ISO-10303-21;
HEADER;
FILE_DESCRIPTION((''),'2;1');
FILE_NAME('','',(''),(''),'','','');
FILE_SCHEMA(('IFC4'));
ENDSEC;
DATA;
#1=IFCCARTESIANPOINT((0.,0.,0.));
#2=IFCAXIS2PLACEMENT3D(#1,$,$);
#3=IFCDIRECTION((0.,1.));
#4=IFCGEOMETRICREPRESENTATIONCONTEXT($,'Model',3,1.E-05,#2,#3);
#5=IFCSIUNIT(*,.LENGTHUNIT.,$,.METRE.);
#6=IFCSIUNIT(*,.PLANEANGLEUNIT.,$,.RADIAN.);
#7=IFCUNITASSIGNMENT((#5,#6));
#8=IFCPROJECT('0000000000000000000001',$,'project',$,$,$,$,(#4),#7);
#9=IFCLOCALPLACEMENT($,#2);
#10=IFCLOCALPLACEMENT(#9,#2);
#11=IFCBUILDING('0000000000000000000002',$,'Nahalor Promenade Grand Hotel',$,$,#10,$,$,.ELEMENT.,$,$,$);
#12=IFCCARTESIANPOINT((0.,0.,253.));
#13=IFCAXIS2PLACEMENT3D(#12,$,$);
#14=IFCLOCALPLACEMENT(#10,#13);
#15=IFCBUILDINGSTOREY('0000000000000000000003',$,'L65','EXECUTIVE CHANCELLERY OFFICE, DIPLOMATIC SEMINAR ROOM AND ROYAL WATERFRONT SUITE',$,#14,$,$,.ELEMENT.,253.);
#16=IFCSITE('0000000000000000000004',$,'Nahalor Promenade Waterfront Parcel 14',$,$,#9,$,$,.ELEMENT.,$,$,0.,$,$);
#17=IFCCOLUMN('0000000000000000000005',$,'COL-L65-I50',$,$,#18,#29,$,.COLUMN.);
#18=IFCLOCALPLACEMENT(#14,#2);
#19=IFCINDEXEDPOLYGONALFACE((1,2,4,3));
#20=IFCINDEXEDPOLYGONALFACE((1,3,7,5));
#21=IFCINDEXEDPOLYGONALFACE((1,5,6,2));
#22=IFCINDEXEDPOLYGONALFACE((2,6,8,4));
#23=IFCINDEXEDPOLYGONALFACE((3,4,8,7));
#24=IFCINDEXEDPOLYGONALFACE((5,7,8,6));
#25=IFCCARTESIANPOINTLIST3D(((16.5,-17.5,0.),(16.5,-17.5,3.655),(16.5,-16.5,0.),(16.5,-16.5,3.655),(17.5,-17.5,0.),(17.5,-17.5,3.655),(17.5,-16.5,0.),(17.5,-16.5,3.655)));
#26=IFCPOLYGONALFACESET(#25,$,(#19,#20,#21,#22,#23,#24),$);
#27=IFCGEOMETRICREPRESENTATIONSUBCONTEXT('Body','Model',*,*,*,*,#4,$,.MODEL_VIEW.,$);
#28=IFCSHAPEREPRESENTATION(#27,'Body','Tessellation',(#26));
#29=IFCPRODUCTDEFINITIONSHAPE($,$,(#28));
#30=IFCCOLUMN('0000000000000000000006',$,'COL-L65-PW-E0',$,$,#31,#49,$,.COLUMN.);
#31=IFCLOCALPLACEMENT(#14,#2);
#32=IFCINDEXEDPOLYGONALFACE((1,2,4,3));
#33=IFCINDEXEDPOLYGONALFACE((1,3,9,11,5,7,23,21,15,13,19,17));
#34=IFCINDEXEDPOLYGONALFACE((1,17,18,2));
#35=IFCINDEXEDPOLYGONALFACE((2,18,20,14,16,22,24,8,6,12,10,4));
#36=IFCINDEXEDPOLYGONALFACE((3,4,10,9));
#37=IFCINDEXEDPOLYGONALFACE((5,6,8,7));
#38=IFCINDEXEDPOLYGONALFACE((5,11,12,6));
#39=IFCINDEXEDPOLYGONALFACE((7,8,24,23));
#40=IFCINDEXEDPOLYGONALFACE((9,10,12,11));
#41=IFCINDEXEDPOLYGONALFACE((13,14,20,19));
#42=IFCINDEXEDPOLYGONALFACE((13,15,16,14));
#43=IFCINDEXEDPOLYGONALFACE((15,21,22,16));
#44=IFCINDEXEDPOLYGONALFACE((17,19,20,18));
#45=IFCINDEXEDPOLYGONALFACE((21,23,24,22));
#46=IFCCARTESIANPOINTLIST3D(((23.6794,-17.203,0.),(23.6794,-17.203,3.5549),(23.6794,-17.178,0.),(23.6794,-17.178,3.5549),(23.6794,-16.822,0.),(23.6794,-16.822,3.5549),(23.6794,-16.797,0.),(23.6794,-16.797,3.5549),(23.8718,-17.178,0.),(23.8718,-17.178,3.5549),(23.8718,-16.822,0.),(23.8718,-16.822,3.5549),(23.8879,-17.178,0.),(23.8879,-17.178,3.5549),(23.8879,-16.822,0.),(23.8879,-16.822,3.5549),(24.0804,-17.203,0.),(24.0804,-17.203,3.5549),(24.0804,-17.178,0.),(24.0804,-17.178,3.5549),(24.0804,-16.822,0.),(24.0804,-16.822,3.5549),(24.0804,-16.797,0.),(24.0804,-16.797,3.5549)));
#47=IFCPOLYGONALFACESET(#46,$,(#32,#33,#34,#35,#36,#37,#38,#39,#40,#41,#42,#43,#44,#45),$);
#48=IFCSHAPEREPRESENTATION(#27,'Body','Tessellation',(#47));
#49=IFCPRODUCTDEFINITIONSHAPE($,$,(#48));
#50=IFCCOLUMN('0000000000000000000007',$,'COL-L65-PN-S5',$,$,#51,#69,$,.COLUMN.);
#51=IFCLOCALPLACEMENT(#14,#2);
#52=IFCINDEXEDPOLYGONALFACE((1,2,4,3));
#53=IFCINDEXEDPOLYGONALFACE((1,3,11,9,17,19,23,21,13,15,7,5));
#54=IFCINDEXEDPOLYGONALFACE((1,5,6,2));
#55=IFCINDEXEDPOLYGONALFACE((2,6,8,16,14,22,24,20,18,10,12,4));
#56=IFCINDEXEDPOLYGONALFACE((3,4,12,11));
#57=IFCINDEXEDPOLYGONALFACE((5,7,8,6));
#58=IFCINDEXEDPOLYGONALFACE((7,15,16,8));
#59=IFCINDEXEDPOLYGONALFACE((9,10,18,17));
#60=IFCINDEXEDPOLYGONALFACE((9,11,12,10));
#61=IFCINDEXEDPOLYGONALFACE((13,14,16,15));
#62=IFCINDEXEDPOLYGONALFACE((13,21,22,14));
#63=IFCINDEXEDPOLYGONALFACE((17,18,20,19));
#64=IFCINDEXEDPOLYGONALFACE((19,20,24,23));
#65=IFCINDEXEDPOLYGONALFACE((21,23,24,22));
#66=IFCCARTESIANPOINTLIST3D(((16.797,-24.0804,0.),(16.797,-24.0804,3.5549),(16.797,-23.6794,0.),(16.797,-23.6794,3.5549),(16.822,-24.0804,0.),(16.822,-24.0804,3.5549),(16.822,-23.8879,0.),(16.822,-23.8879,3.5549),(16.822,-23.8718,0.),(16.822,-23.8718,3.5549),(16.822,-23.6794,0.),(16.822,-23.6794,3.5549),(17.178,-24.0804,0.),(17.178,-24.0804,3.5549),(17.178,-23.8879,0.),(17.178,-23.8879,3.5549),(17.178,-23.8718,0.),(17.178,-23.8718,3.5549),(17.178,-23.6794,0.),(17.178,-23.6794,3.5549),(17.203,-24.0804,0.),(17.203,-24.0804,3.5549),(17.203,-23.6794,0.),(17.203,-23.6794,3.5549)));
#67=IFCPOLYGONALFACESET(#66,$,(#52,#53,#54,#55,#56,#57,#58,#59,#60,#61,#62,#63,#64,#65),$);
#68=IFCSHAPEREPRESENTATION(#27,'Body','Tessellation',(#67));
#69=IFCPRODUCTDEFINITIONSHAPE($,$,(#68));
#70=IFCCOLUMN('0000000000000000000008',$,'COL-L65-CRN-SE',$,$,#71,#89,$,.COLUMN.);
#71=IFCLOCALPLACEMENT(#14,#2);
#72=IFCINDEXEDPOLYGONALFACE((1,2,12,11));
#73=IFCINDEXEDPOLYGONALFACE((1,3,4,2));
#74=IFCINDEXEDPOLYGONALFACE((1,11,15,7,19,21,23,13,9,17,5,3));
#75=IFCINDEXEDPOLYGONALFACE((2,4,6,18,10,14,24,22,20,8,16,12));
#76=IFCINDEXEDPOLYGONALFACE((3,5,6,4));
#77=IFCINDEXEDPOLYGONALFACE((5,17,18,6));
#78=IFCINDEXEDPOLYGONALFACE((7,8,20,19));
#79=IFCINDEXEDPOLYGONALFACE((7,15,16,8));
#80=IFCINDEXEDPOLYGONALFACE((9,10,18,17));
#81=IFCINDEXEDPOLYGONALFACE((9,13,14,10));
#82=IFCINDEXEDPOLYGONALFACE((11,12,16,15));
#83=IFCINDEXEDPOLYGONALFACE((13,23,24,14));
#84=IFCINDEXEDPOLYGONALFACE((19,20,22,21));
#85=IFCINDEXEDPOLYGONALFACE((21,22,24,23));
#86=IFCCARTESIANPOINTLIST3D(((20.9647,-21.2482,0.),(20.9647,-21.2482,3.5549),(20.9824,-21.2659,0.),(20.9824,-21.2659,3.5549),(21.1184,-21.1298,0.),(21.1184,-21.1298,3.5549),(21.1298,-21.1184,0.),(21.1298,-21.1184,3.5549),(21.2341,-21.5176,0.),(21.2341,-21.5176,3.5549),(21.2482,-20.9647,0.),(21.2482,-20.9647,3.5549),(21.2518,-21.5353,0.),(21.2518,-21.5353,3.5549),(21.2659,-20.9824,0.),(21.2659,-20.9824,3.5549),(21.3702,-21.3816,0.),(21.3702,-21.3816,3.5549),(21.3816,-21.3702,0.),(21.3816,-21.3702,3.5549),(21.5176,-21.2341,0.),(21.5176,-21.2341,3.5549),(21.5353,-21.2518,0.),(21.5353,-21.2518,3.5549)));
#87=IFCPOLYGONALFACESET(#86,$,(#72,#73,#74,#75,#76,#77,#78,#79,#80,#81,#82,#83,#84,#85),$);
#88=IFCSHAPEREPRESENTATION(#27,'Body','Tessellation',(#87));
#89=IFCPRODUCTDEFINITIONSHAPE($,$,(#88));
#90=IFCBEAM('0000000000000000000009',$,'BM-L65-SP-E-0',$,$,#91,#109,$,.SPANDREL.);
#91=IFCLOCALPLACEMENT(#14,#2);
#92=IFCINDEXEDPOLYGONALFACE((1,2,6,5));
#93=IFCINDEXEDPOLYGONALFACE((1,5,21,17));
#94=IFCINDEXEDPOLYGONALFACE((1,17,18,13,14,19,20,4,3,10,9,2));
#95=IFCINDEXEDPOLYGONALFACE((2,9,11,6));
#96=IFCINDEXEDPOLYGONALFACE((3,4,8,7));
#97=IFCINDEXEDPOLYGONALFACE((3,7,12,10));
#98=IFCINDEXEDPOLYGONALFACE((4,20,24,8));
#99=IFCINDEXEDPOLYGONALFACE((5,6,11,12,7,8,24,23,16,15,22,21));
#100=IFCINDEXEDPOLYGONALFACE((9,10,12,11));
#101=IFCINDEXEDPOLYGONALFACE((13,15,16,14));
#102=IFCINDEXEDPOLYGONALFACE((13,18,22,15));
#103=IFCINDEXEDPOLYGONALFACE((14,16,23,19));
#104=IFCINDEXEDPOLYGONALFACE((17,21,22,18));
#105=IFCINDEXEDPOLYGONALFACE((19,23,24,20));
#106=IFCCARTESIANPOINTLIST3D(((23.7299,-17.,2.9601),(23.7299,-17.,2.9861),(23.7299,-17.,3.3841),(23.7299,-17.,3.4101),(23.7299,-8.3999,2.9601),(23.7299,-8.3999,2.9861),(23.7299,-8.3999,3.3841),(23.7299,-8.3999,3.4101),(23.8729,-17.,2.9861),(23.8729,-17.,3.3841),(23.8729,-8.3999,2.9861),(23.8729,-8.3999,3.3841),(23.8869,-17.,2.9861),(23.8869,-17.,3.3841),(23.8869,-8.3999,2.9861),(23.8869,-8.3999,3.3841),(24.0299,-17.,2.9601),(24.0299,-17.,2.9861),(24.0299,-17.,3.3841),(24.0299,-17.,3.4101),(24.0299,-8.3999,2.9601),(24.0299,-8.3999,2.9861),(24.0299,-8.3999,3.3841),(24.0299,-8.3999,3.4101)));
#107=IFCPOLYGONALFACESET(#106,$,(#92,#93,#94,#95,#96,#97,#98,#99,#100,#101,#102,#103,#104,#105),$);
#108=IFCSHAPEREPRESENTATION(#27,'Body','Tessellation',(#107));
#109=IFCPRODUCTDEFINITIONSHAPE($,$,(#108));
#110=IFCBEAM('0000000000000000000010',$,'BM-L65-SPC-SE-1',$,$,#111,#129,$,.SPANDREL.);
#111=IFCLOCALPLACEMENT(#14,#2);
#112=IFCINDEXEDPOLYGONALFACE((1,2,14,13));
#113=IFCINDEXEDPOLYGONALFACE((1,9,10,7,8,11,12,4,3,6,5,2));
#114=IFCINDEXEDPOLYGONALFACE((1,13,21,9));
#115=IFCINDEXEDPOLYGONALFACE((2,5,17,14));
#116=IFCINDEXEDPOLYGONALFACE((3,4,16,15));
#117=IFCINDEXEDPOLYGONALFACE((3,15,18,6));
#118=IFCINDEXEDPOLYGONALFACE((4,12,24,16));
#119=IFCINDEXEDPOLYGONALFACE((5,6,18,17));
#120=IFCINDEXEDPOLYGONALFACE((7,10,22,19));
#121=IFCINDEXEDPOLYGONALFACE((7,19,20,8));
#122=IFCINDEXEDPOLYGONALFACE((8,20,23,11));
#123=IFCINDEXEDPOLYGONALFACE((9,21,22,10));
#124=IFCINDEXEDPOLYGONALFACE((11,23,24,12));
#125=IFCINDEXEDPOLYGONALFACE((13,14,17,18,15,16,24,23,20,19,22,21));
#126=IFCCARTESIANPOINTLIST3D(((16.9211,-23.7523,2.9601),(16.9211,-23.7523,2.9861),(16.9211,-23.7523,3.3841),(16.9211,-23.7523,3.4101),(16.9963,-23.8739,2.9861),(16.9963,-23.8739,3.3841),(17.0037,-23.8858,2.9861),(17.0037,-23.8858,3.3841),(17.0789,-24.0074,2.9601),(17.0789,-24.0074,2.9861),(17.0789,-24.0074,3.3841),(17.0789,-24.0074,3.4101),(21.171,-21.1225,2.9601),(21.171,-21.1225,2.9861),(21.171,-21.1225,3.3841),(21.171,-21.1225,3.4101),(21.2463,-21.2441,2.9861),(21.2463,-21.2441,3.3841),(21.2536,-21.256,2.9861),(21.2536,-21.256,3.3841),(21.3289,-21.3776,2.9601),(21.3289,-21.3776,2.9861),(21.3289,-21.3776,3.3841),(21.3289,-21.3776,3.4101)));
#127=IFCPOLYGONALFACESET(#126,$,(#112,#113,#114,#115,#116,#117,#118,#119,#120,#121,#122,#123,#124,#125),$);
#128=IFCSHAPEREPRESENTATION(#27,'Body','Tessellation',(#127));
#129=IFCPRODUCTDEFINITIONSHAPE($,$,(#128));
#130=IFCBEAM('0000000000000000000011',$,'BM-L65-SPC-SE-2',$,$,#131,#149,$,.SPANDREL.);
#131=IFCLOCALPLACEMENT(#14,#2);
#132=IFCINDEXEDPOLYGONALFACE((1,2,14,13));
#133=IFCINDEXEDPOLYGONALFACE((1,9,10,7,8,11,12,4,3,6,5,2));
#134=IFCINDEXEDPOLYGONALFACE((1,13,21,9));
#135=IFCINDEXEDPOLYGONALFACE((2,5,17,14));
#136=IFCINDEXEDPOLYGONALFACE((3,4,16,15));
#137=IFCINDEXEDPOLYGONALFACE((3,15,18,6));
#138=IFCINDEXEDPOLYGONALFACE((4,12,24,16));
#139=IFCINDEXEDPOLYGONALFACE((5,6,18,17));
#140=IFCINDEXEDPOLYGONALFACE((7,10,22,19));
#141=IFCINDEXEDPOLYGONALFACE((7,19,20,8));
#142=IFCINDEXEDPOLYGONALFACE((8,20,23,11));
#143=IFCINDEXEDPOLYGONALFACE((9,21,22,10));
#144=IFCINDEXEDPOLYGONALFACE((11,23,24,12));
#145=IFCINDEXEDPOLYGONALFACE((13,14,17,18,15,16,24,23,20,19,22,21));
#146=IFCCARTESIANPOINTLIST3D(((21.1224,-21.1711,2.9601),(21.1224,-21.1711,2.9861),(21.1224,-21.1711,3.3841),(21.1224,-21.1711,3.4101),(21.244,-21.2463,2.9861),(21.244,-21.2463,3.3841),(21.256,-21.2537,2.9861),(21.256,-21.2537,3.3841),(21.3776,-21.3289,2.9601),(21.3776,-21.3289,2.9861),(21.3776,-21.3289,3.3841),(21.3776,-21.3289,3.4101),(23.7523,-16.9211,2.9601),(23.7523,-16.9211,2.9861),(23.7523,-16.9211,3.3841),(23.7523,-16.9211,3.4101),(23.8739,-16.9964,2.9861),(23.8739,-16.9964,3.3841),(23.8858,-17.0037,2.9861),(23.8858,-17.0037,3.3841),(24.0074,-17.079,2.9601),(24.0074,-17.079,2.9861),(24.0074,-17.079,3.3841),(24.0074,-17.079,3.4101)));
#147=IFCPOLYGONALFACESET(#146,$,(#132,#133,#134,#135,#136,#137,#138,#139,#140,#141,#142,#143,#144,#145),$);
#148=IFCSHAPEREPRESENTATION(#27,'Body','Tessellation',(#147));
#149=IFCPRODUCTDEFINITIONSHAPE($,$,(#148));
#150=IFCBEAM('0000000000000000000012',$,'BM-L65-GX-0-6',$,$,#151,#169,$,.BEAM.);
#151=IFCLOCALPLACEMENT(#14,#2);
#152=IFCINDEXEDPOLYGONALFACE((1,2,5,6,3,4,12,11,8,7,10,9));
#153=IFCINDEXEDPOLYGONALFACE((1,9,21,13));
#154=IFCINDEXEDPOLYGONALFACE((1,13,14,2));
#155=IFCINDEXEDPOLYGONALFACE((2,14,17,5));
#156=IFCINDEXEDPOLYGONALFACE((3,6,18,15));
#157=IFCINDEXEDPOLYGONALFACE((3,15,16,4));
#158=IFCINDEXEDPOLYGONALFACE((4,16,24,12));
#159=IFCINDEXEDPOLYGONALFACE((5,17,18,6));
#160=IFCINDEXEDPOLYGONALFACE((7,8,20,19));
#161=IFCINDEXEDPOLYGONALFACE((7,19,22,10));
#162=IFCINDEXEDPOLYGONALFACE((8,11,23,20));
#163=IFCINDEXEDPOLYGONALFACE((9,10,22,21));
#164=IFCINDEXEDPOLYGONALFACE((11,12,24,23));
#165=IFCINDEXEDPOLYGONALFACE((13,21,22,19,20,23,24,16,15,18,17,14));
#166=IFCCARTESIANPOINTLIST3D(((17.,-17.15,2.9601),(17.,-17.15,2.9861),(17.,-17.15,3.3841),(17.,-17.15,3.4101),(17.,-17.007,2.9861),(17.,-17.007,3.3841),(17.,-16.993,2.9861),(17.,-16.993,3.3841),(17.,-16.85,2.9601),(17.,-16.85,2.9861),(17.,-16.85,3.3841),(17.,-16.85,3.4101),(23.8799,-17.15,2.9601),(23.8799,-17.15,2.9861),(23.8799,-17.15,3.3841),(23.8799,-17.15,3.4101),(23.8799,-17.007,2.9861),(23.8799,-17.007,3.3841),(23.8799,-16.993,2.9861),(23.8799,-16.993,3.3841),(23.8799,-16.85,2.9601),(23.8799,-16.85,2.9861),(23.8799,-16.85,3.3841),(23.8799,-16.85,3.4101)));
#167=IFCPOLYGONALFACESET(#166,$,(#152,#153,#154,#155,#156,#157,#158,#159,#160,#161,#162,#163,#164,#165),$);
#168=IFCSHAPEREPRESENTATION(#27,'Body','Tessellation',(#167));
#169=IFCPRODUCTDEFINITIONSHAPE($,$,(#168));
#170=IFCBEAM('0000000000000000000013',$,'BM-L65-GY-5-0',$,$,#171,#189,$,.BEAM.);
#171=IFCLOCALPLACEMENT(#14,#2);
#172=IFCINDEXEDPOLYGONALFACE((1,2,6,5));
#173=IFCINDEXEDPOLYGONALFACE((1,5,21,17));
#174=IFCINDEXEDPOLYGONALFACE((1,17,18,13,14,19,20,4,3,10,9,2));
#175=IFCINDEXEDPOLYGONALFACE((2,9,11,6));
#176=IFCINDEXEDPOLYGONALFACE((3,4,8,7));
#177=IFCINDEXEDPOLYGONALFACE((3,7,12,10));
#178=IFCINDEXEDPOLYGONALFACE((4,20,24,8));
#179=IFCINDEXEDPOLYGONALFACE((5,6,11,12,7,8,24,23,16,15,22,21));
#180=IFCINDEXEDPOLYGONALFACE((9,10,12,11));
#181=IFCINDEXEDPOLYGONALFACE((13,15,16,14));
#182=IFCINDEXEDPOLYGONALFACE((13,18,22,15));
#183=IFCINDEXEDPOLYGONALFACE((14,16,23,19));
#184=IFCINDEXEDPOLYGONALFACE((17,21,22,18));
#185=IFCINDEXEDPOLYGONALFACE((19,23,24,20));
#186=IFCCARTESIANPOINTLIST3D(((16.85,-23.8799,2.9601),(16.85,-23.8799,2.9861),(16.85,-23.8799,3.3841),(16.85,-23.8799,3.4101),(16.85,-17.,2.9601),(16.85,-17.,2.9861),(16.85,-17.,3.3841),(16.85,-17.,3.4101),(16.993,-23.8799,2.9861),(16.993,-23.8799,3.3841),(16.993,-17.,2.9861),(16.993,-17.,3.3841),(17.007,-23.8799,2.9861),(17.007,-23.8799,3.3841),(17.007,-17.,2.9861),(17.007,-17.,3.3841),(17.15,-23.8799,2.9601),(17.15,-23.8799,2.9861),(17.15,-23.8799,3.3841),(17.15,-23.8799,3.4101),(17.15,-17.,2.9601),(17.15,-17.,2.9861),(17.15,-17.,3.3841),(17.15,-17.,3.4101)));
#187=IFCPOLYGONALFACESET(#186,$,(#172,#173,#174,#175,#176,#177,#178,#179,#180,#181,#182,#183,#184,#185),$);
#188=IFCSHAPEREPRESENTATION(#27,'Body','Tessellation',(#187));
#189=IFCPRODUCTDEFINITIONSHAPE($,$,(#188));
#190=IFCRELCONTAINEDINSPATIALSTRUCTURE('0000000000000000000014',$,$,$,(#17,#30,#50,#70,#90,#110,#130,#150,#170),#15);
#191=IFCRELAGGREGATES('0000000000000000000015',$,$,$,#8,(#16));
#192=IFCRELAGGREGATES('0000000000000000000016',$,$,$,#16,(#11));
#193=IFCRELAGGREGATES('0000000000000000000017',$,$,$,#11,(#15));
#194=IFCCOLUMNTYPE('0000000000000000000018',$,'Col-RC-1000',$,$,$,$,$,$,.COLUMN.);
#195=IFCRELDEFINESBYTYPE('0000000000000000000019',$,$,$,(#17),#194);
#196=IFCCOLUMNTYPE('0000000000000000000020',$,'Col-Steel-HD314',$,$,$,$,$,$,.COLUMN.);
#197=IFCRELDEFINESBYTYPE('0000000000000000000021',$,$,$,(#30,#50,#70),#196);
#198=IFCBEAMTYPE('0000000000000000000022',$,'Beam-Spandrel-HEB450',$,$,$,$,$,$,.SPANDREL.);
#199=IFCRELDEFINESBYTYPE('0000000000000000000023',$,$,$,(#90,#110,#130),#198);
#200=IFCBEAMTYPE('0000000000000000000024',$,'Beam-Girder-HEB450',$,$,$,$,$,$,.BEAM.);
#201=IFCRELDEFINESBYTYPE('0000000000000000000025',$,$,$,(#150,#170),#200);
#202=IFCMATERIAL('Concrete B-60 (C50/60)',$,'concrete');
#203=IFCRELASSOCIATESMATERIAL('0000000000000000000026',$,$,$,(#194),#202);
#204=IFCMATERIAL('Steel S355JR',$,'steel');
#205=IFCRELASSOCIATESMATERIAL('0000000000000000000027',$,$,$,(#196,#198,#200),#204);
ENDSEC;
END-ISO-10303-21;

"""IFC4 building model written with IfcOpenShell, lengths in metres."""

from ifc_helpers import new_model, si_unit, direction, frame, origin, origin_2d, place, context, subcontext, project, spatial, rectangle, i_section, extrude, source, transform, mapped, material, material_profile, profile_set, type_object, element, save


model = new_model("IFC4")

# Units and contexts
model_context = context("Model", 3, precision=1e-05, world=origin(), true_north=direction((0.0, 1.0)))
body_context = subcontext(model_context, "Body", "Model", "MODEL_VIEW")
ifc_project = project(units=[si_unit("LENGTHUNIT", "METRE"), si_unit("PLANEANGLEUNIT", "RADIAN")], contexts=[model_context])

# Site, building, storey
site_placement = place(None, origin())
site = spatial("IfcSite", under=ifc_project, at=site_placement, Name="Nahalor Promenade Waterfront Parcel 14", CompositionType="ELEMENT", RefElevation=0.0)
building_placement = place(site_placement, origin())
building = spatial("IfcBuilding", under=site, at=building_placement, Name="Nahalor Promenade Grand Hotel", CompositionType="ELEMENT")
storey_placement = place(building_placement, frame((0.0, 0.0, 253.0)))
storey = spatial("IfcBuildingStorey", under=building, at=storey_placement, Name="L65", Description="EXECUTIVE CHANCELLERY OFFICE, DIPLOMATIC SEMINAR ROOM AND ROYAL WATERFRONT SUITE", CompositionType="ELEMENT", Elevation=253.0)

# Columns
ifc_material_1 = material(Name="Concrete B-60 (C50/60)", Category="concrete")
ifc_material_profile_1 = material_profile(ifc_material_1, rectangle(XDim=1.0, YDim=1.0, at=origin_2d()), Name="RC 1000x1000")
ifc_profile_set_1 = profile_set([ifc_material_profile_1], Name="Concrete B-60 (C50/60)")
column_type_1 = type_object("IfcColumnType", Name="Col-RC-1000", PredefinedType="COLUMN", material=ifc_profile_set_1)
shared_shape_1 = source(origin(), body_context, "Body", "SweptSolid", [
    extrude(rectangle(XDim=1.0, YDim=1.0, at=origin_2d()), origin(), (0.0, 0.0, 1.0), 3.655),
])
column_placement = place(storey_placement, frame((17.0, -17.0, 0.0), z_axis=(0.0, 0.0, 1.0), x_axis=(1.0, 0.0, 0.0)))
element("IfcColumn", 1, at=column_placement, inside=storey, type_object=column_type_1, Name="COL-L65-I50", PredefinedType="COLUMN", context=body_context, shape_type="MappedRepresentation", body=[
    mapped(shared_shape_1, transform((0.0, 0.0, 0.0), scale=1.0)),
])
ifc_material_2 = material(Name="Steel S355JR", Category="steel")
ifc_material_profile_2 = material_profile(ifc_material_2, i_section(OverallWidth=0.401, OverallDepth=0.406, WebThickness=0.0161, FlangeThickness=0.025, at=origin_2d()), Name="HD 400x314")
ifc_profile_set_2 = profile_set([ifc_material_profile_2], Name="Steel S355JR")
column_type_2 = type_object("IfcColumnType", Name="Col-Steel-HD314", PredefinedType="COLUMN", material=ifc_profile_set_2)
shared_shape_2 = source(origin(), body_context, "Body", "SweptSolid", [
    extrude(i_section(OverallWidth=0.401, OverallDepth=0.406, WebThickness=0.0161, FlangeThickness=0.025, at=origin_2d()), origin(), (0.0, 0.0, 1.0), 3.5549),
])
for number, where, z_axis, x_axis, name in (
    (2, (23.8799, -17.0, 0.0), (0.0, 0.0, 1.0), (1.0, 0.0, 0.0), "COL-L65-PW-E0"),
    (3, (17.0, -23.8799, 0.0), (0.0, 0.0, 1.0), (0.0, 1.0, 0.0), "COL-L65-PN-S5"),
    (4, (21.25, -21.25, 0.0), (0.0, 0.0, 1.0), (0.707107, 0.707107, 0.0), "COL-L65-CRN-SE"),
):
    element("IfcColumn", number, at=place(storey_placement, frame(where, z_axis=z_axis, x_axis=x_axis)), inside=storey, type_object=column_type_2, Name=name, PredefinedType="COLUMN", context=body_context, shape_type="MappedRepresentation", body=[
        mapped(shared_shape_2, transform((0.0, 0.0, 0.0), scale=1.0)),
    ])

# Beams
ifc_material_profile_3 = material_profile(ifc_material_2, i_section(OverallWidth=0.3, OverallDepth=0.45, WebThickness=0.014, FlangeThickness=0.026, at=origin_2d()), Name="HEB 450")
ifc_profile_set_3 = profile_set([ifc_material_profile_3], Name="Steel S355JR")
beam_type_1 = type_object("IfcBeamType", Name="Beam-Spandrel-HEB450", PredefinedType="SPANDREL", material=ifc_profile_set_3)
shared_shape_3 = source(origin(), body_context, "Body", "SweptSolid", [
    extrude(i_section(OverallWidth=0.3, OverallDepth=0.45, WebThickness=0.014, FlangeThickness=0.026, at=origin_2d()), origin(), (0.0, 0.0, 1.0), 8.6001),
])
beam_1_placement = place(storey_placement, frame((23.8799, -17.0, 3.1851), z_axis=(0.0, 1.0, 0.0), x_axis=(-1.0, 0.0, 0.0)))
element("IfcBeam", 5, at=beam_1_placement, inside=storey, type_object=beam_type_1, Name="BM-L65-SP-E-0", PredefinedType="SPANDREL", context=body_context, shape_type="MappedRepresentation", body=[
    mapped(shared_shape_3, transform((0.0, 0.0, 0.0), scale=1.0)),
])
shared_shape_4 = source(origin(), body_context, "Body", "SweptSolid", [
    extrude(i_section(OverallWidth=0.3, OverallDepth=0.45, WebThickness=0.014, FlangeThickness=0.026, at=origin_2d()), origin(), (0.0, 0.0, 1.0), 4.9978),
])
for number, where, z_axis, x_axis, name in (
    (6, (17.0, -23.8799, 3.1851), (0.850361, 0.5262, 0.0), (-0.5262, 0.850361, 0.0), "BM-L65-SPC-SE-1"),
    (7, (21.25, -21.25, 3.1851), (0.5262, 0.850361, 0.0), (-0.850361, 0.5262, 0.0), "BM-L65-SPC-SE-2"),
):
    element("IfcBeam", number, at=place(storey_placement, frame(where, z_axis=z_axis, x_axis=x_axis)), inside=storey, type_object=beam_type_1, Name=name, PredefinedType="SPANDREL", context=body_context, shape_type="MappedRepresentation", body=[
        mapped(shared_shape_4, transform((0.0, 0.0, 0.0), scale=1.0)),
    ])
ifc_material_profile_4 = material_profile(ifc_material_2, i_section(OverallWidth=0.3, OverallDepth=0.45, WebThickness=0.014, FlangeThickness=0.026, at=origin_2d()), Name="HEB 450")
ifc_profile_set_4 = profile_set([ifc_material_profile_4], Name="Steel S355JR")
beam_type_2 = type_object("IfcBeamType", Name="Beam-Girder-HEB450", PredefinedType="BEAM", material=ifc_profile_set_4)
shared_shape_5 = source(origin(), body_context, "Body", "SweptSolid", [
    extrude(i_section(OverallWidth=0.3, OverallDepth=0.45, WebThickness=0.014, FlangeThickness=0.026, at=origin_2d()), origin(), (0.0, 0.0, 1.0), 6.8799),
])
for number, where, z_axis, x_axis, name in (
    (8, (17.0, -17.0, 3.1851), (1.0, 0.0, 0.0), (0.0, 1.0, 0.0), "BM-L65-GX-0-6"),
    (9, (17.0, -23.8799, 3.1851), (0.0, 1.0, 0.0), (-1.0, 0.0, 0.0), "BM-L65-GY-5-0"),
):
    element("IfcBeam", number, at=place(storey_placement, frame(where, z_axis=z_axis, x_axis=x_axis)), inside=storey, type_object=beam_type_2, Name=name, PredefinedType="BEAM", context=body_context, shape_type="MappedRepresentation", body=[
        mapped(shared_shape_5, transform((0.0, 0.0, 0.0), scale=1.0)),
    ])

save(model, "model.ifc")
